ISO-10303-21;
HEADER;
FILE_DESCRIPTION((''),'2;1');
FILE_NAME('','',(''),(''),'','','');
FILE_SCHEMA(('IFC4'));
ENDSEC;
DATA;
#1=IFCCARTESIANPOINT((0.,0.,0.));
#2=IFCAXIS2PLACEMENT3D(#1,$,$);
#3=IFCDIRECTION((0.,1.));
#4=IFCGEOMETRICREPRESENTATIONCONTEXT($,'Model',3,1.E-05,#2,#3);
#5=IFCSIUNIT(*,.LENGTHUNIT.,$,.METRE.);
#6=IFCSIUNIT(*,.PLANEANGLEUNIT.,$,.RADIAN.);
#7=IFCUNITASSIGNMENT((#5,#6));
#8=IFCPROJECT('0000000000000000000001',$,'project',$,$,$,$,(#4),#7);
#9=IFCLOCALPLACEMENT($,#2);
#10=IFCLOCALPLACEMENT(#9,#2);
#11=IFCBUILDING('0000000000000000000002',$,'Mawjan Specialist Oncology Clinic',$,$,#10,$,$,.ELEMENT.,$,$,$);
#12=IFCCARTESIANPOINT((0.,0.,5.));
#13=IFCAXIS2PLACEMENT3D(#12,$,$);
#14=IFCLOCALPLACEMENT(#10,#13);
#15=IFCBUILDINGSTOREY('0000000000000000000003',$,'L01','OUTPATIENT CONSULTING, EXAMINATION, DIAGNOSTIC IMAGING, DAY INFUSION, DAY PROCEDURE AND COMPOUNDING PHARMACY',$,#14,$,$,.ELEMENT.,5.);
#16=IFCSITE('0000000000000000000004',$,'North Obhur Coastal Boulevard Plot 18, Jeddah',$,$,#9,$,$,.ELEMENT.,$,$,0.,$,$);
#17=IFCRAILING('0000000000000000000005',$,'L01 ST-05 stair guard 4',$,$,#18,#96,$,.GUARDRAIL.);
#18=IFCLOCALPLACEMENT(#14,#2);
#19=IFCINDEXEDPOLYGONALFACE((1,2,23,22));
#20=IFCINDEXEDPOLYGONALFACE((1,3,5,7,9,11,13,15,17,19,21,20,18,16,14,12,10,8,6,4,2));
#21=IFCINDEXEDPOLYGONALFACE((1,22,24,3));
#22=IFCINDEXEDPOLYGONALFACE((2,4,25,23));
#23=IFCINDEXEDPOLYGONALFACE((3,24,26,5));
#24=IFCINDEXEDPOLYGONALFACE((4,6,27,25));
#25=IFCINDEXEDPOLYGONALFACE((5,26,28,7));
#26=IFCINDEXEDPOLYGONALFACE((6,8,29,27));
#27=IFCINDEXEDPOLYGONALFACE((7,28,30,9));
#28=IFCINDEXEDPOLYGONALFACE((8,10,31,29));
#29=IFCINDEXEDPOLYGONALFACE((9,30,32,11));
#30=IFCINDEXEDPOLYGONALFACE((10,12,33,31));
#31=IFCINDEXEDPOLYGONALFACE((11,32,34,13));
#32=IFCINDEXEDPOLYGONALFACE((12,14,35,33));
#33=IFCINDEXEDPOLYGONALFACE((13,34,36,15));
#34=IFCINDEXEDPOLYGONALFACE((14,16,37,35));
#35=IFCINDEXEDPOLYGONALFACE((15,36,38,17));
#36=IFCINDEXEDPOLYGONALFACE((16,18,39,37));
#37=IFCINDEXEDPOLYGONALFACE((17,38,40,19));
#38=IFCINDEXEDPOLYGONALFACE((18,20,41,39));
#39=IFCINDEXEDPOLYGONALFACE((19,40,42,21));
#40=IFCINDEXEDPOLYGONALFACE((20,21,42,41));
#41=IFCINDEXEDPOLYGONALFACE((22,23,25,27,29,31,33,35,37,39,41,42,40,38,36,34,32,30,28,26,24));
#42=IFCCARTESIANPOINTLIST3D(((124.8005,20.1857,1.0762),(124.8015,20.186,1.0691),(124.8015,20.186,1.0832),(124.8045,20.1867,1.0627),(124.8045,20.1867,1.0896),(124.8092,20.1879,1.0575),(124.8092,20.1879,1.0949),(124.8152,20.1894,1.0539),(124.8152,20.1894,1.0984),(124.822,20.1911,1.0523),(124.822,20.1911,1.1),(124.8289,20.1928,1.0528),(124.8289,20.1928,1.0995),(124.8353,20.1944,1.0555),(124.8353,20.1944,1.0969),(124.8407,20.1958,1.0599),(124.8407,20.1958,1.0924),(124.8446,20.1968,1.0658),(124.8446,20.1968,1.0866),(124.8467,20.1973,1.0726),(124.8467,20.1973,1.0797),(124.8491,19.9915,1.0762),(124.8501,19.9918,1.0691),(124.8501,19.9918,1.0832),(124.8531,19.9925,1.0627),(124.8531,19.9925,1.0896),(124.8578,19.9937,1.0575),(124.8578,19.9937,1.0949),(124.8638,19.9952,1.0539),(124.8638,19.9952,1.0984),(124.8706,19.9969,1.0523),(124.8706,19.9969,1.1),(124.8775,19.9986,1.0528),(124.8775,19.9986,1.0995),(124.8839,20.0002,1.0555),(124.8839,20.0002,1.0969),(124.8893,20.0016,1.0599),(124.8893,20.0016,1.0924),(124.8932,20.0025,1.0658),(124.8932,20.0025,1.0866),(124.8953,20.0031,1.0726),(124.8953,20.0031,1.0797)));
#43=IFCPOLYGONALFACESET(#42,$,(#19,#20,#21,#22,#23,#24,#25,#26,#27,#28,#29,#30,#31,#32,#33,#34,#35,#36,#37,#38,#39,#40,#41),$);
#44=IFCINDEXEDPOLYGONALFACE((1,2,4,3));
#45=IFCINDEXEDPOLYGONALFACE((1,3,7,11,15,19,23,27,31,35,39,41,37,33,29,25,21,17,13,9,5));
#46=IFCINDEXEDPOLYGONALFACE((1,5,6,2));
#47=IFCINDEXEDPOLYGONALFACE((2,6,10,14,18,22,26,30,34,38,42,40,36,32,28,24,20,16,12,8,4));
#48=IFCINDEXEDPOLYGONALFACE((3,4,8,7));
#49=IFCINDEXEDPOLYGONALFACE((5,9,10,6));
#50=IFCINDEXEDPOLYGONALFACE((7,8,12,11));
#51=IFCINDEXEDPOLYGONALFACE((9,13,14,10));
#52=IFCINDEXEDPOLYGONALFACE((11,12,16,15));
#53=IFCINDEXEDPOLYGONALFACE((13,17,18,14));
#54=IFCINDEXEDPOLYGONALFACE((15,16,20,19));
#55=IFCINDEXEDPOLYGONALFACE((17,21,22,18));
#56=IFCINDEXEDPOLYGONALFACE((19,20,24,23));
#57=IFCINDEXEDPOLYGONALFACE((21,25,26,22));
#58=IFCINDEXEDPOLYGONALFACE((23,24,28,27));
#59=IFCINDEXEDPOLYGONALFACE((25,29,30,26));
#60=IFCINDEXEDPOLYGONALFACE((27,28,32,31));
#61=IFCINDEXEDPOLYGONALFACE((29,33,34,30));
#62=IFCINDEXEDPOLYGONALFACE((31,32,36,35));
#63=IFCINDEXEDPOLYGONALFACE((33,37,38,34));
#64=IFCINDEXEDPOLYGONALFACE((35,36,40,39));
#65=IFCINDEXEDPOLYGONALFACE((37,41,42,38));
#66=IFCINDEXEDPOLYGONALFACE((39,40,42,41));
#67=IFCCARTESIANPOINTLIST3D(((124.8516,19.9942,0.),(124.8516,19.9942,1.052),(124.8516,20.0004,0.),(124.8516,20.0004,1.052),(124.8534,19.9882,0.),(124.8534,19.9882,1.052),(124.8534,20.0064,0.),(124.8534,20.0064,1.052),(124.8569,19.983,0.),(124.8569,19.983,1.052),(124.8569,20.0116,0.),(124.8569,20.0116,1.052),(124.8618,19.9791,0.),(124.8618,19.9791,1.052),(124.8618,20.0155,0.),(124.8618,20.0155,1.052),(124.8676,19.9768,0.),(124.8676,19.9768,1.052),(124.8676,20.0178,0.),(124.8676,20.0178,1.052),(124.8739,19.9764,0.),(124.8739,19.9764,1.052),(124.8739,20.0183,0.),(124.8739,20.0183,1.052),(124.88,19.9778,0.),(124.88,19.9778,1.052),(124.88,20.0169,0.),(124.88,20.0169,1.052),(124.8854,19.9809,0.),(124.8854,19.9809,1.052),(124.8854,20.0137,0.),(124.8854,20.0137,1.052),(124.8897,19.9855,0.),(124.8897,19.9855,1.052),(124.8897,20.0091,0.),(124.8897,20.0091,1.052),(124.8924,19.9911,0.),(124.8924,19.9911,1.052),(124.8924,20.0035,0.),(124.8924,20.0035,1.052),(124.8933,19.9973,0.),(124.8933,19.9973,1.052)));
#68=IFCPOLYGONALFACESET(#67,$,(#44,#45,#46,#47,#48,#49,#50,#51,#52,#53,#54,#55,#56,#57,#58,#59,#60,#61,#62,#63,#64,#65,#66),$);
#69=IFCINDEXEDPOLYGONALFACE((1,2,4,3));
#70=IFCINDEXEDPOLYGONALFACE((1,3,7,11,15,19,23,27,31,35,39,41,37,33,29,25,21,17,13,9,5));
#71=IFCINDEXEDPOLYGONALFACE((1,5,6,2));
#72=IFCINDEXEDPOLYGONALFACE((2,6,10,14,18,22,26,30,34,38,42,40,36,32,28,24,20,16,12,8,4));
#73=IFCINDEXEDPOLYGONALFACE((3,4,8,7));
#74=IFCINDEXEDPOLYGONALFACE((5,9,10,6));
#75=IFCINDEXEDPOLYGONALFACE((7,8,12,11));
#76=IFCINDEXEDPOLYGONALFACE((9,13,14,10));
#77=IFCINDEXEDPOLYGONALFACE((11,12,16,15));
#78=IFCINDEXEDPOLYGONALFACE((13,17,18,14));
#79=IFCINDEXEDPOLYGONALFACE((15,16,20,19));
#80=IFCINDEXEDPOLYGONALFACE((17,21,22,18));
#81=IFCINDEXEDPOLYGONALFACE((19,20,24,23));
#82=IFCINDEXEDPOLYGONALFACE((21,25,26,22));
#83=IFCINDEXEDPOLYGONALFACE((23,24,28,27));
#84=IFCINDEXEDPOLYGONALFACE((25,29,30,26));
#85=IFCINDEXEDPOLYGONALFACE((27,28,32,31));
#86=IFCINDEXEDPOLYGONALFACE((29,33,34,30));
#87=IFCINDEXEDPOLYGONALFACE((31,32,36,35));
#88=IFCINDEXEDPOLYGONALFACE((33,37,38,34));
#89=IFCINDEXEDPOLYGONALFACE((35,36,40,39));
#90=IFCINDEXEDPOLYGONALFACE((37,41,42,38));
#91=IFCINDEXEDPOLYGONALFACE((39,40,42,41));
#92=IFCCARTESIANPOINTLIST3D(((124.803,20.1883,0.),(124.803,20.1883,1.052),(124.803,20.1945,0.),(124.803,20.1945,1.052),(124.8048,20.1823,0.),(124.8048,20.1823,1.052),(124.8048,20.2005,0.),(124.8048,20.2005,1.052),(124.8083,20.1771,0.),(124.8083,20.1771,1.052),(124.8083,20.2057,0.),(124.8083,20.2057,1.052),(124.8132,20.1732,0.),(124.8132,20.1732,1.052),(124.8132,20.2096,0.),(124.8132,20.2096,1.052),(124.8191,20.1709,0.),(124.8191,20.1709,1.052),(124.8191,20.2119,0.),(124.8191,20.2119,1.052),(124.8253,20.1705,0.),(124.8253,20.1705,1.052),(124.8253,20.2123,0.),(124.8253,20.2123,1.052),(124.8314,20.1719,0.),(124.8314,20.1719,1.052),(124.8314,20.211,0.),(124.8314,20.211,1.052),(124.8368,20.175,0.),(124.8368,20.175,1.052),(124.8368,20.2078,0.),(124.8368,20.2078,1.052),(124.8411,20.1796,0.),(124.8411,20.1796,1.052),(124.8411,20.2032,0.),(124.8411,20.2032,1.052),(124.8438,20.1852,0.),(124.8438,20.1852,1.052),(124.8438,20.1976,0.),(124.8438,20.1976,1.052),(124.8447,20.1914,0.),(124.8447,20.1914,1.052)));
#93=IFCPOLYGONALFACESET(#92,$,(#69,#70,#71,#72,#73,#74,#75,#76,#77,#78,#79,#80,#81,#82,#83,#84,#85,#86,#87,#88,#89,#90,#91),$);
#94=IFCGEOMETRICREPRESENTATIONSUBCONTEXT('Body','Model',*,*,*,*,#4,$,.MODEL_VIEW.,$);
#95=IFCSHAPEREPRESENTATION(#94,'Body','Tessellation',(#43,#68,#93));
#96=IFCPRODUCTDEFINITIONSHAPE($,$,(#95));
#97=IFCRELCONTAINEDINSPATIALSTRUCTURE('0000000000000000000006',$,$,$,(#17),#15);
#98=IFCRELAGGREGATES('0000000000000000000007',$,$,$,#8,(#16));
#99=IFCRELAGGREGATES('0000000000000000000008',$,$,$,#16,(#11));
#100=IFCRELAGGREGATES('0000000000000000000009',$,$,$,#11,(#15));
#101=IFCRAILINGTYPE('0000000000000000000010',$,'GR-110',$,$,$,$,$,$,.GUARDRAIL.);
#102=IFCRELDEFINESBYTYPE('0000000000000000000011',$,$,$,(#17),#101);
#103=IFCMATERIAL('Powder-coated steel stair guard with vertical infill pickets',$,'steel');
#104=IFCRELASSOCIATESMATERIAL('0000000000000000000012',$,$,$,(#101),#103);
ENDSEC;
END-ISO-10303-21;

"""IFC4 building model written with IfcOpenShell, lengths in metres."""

from ifc_helpers import new_model, si_unit, direction, frame, origin, origin_2d, place, context, subcontext, project, spatial, circle, extrude, material, type_object, element, save


model = new_model("IFC4")

# Units and contexts
model_context = context("Model", 3, precision=1e-05, world=origin(), true_north=direction((0.0, 1.0)))
body_context = subcontext(model_context, "Body", "Model", "MODEL_VIEW")
ifc_project = project(units=[si_unit("LENGTHUNIT", "METRE"), si_unit("PLANEANGLEUNIT", "RADIAN")], contexts=[model_context])

# Site, building, storey
site_placement = place(None, origin())
site = spatial("IfcSite", under=ifc_project, at=site_placement, Name="North Obhur Coastal Boulevard Plot 18, Jeddah", CompositionType="ELEMENT", RefElevation=0.0)
building_placement = place(site_placement, origin())
building = spatial("IfcBuilding", under=site, at=building_placement, Name="Mawjan Specialist Oncology Clinic", CompositionType="ELEMENT")
storey_placement = place(building_placement, frame((0.0, 0.0, 5.0)))
storey = spatial("IfcBuildingStorey", under=building, at=storey_placement, Name="L01", Description="OUTPATIENT CONSULTING, EXAMINATION, DIAGNOSTIC IMAGING, DAY INFUSION, DAY PROCEDURE AND COMPOUNDING PHARMACY", CompositionType="ELEMENT", Elevation=5.0)

# Railing
ifc_material_1 = material(Name="Powder-coated steel stair guard with vertical infill pickets", Category="steel")
railing_type_1 = type_object("IfcRailingType", Name="GR-110", PredefinedType="GUARDRAIL", material=ifc_material_1)
railing_1_placement = place(storey_placement, frame((124.8723, 19.9973, 0.0)))
element("IfcRailing", 1, at=railing_1_placement, inside=storey, type_object=railing_type_1, Name="L01 ST-05 stair guard 4", PredefinedType="GUARDRAIL", context=body_context, shape_type="SweptSolid", body=[
    extrude(circle(Radius=0.0239, at=origin_2d()), frame((0.0, 0.0, 1.0762), z_axis=(-0.242823, 0.970071, 0.0), x_axis=(-0.970071, -0.242823, 0.0)), (0.0, 0.0, 1.0), 0.2002),
    extrude(circle(Radius=0.021, at=origin_2d()), origin(), (0.0, 0.0, 1.0), 1.052),
    extrude(circle(Radius=0.021, at=origin_2d()), frame((-0.0486, 0.1941, 0.0)), (0.0, 0.0, 1.0), 1.052),
])

save(model, "model.ifc")
